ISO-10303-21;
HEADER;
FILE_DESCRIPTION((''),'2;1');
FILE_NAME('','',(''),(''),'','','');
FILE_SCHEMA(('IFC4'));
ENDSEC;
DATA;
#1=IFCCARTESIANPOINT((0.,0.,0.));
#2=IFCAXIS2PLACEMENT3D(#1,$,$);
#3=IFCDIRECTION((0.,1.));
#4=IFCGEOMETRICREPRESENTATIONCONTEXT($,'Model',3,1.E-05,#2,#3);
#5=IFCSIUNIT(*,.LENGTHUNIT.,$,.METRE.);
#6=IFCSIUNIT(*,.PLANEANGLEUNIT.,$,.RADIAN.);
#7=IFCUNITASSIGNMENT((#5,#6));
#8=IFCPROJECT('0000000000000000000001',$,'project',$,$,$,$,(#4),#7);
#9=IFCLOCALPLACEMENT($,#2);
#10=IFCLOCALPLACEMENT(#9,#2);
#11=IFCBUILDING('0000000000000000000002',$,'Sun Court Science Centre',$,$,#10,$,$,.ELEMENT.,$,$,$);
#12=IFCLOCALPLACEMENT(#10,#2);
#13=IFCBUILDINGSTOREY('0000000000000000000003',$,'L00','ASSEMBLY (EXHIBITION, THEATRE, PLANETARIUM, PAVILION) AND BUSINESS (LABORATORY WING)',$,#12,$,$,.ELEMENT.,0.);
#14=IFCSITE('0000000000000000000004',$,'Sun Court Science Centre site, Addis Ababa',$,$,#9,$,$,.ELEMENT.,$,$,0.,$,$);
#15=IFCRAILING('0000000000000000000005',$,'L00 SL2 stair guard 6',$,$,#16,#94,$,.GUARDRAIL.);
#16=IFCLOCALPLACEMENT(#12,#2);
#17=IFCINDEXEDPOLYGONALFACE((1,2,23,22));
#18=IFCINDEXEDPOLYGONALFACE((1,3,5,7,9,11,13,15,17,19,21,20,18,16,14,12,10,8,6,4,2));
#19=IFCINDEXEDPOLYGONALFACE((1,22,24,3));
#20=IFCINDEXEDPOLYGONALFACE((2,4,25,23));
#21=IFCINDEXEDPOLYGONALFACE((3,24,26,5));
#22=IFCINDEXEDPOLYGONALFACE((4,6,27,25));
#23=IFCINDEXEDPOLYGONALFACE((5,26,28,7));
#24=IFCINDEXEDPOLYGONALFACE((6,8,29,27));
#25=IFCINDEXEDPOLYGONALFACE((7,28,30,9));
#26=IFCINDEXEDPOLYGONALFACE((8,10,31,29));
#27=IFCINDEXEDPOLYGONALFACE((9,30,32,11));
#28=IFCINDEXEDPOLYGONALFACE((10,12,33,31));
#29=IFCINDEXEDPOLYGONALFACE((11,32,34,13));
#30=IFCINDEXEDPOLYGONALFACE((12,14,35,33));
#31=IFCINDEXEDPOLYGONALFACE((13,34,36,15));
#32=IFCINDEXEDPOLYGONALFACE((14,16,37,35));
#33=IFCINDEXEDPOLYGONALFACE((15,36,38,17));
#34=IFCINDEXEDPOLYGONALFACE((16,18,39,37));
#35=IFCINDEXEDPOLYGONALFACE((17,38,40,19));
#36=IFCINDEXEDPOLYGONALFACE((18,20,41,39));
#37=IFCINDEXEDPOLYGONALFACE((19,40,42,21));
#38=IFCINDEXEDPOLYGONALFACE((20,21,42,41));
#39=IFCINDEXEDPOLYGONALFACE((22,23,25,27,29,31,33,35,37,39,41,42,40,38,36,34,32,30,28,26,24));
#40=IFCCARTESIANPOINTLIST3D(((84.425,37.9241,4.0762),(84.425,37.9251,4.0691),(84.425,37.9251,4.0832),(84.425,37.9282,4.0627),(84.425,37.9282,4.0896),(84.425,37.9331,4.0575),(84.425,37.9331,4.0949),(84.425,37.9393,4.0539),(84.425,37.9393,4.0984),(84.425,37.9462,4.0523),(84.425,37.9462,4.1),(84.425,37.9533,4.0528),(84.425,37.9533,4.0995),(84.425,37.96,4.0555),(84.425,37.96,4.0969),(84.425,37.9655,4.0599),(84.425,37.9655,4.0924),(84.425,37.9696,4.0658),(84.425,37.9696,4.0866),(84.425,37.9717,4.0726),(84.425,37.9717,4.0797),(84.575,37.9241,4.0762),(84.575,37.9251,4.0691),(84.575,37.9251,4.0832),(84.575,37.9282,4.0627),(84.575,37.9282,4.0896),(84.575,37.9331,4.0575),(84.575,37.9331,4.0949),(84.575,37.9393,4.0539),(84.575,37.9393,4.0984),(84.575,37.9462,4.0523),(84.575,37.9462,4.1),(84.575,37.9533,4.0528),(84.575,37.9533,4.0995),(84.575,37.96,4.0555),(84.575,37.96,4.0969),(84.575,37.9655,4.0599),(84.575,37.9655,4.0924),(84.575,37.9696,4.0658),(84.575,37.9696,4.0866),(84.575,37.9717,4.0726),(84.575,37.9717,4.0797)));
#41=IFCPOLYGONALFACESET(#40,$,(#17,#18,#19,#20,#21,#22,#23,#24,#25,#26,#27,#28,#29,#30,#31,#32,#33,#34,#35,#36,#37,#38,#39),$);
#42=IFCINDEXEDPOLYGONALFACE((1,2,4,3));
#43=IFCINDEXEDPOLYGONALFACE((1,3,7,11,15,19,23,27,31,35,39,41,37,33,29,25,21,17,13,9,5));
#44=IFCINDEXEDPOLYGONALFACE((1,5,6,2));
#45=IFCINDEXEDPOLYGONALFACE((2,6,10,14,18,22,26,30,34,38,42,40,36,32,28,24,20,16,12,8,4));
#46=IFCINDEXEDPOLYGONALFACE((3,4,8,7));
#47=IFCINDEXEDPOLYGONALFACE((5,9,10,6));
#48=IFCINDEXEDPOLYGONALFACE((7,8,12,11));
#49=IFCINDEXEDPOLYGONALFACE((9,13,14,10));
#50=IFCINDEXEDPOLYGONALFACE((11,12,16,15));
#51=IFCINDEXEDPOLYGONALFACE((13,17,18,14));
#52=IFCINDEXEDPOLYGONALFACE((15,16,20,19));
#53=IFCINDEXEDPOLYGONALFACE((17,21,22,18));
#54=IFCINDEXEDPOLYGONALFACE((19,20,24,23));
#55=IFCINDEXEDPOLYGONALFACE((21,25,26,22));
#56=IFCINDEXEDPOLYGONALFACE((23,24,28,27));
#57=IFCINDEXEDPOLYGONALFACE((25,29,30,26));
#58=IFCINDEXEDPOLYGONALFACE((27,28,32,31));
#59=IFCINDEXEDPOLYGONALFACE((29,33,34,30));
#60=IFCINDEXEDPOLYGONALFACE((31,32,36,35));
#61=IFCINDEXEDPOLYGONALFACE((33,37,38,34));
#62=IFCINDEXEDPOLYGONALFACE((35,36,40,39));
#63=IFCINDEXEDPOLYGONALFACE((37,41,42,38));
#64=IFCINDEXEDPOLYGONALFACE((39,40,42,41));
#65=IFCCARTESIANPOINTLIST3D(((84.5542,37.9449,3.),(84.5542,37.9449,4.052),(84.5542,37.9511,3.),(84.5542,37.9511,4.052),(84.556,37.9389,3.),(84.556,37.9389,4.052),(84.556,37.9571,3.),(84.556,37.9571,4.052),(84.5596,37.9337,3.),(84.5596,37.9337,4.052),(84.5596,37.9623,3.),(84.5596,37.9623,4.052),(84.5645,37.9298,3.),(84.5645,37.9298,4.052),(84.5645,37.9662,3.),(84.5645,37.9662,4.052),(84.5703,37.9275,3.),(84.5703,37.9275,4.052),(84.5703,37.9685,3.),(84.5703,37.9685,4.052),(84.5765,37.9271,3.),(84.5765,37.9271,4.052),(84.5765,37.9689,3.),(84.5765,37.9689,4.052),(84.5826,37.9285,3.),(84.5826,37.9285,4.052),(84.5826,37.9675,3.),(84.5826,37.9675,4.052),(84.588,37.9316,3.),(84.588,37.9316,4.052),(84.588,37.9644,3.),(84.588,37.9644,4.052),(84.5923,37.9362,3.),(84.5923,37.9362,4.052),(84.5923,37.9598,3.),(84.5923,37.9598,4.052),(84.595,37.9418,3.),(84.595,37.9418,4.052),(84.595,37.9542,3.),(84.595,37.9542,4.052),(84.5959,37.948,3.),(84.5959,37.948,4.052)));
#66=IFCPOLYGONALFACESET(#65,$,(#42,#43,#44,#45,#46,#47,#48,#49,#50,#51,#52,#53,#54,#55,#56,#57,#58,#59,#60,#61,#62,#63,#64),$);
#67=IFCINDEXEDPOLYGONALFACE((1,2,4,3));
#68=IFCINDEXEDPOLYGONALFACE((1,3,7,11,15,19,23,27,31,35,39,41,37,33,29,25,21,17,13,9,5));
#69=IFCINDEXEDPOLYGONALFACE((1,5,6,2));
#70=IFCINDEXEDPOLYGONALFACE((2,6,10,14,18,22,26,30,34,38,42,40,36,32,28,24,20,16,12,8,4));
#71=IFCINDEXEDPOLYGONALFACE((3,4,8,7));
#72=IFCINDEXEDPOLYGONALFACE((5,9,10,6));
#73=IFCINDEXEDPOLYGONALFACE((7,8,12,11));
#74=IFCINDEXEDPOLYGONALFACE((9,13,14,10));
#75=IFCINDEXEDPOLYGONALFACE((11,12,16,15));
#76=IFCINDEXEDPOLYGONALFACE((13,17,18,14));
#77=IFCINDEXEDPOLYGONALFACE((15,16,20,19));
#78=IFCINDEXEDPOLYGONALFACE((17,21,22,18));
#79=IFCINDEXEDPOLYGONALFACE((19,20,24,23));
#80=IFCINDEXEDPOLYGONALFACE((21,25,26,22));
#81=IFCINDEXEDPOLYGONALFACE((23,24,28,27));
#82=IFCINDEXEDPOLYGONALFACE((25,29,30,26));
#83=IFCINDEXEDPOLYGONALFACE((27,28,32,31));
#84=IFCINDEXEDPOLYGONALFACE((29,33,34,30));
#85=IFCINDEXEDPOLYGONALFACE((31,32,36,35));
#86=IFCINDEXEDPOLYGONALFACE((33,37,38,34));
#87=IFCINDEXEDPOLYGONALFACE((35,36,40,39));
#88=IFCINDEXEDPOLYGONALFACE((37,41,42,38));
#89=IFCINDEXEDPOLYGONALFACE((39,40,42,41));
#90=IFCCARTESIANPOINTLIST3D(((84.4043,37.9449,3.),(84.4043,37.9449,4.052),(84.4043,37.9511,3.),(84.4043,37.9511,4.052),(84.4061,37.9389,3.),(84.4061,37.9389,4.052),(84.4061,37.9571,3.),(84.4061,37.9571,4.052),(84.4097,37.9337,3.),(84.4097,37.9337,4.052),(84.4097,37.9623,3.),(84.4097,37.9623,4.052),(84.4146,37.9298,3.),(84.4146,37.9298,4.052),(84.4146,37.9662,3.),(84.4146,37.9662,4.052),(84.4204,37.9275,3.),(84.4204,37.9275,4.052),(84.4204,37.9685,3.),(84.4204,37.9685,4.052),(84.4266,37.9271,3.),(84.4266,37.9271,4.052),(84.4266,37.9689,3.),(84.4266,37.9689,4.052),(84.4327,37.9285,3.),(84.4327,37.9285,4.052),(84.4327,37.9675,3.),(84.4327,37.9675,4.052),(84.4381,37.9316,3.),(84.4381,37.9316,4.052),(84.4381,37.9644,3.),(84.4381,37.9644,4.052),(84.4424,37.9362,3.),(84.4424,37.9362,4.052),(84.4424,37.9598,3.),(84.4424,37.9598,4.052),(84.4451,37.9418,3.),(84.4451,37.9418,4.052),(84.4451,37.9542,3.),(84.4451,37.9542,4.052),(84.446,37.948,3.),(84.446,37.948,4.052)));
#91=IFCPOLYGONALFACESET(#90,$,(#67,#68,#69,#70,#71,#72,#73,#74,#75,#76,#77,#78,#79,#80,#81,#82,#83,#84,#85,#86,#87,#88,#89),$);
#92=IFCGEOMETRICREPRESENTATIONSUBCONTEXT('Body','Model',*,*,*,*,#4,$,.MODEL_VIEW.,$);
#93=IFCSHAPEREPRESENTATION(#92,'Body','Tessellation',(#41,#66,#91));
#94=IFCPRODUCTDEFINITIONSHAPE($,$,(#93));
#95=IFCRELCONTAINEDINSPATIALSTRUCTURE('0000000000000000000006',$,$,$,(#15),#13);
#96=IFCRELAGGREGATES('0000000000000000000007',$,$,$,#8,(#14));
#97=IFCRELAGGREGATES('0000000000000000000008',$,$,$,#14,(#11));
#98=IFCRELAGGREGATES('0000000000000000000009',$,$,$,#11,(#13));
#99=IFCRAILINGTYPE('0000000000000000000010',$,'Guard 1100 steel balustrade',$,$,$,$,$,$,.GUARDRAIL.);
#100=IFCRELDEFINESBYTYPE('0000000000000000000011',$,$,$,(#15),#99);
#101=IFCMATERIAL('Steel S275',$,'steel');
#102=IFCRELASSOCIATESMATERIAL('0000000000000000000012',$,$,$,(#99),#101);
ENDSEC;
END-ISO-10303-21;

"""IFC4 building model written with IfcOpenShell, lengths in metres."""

from ifc_helpers import new_model, si_unit, direction, frame, origin, origin_2d, place, context, subcontext, project, spatial, circle, extrude, material, type_object, element, save


model = new_model("IFC4")

# Units and contexts
model_context = context("Model", 3, precision=1e-05, world=origin(), true_north=direction((0.0, 1.0)))
body_context = subcontext(model_context, "Body", "Model", "MODEL_VIEW")
ifc_project = project(units=[si_unit("LENGTHUNIT", "METRE"), si_unit("PLANEANGLEUNIT", "RADIAN")], contexts=[model_context])

# Site, building, storey
site_placement = place(None, origin())
site = spatial("IfcSite", under=ifc_project, at=site_placement, Name="Sun Court Science Centre site, Addis Ababa", CompositionType="ELEMENT", RefElevation=0.0)
building_placement = place(site_placement, origin())
building = spatial("IfcBuilding", under=site, at=building_placement, Name="Sun Court Science Centre", CompositionType="ELEMENT")
storey_placement = place(building_placement, origin())
storey = spatial("IfcBuildingStorey", under=building, at=storey_placement, Name="L00", Description="ASSEMBLY (EXHIBITION, THEATRE, PLANETARIUM, PAVILION) AND BUSINESS (LABORATORY WING)", CompositionType="ELEMENT", Elevation=0.0)

# Railing
ifc_material_1 = material(Name="Steel S275", Category="steel")
railing_type_1 = type_object("IfcRailingType", Name="Guard 1100 steel balustrade", PredefinedType="GUARDRAIL", material=ifc_material_1)
railing_1_placement = place(storey_placement, frame((84.575, 37.948, 3.0)))
element("IfcRailing", 1, at=railing_1_placement, inside=storey, type_object=railing_type_1, Name="L00 SL2 stair guard 6", PredefinedType="GUARDRAIL", context=body_context, shape_type="SweptSolid", body=[
    extrude(circle(Radius=0.0239, at=origin_2d()), frame((0.0, 0.0, 1.0762), z_axis=(-1.0, 0.0, 0.0), x_axis=(0.0, -1.0, 0.0)), (0.0, 0.0, 1.0), 0.1499),
    extrude(circle(Radius=0.021, at=origin_2d()), origin(), (0.0, 0.0, 1.0), 1.052),
    extrude(circle(Radius=0.021, at=origin_2d()), frame((-0.1499, 0.0, 0.0)), (0.0, 0.0, 1.0), 1.052),
])

save(model, "model.ifc")
